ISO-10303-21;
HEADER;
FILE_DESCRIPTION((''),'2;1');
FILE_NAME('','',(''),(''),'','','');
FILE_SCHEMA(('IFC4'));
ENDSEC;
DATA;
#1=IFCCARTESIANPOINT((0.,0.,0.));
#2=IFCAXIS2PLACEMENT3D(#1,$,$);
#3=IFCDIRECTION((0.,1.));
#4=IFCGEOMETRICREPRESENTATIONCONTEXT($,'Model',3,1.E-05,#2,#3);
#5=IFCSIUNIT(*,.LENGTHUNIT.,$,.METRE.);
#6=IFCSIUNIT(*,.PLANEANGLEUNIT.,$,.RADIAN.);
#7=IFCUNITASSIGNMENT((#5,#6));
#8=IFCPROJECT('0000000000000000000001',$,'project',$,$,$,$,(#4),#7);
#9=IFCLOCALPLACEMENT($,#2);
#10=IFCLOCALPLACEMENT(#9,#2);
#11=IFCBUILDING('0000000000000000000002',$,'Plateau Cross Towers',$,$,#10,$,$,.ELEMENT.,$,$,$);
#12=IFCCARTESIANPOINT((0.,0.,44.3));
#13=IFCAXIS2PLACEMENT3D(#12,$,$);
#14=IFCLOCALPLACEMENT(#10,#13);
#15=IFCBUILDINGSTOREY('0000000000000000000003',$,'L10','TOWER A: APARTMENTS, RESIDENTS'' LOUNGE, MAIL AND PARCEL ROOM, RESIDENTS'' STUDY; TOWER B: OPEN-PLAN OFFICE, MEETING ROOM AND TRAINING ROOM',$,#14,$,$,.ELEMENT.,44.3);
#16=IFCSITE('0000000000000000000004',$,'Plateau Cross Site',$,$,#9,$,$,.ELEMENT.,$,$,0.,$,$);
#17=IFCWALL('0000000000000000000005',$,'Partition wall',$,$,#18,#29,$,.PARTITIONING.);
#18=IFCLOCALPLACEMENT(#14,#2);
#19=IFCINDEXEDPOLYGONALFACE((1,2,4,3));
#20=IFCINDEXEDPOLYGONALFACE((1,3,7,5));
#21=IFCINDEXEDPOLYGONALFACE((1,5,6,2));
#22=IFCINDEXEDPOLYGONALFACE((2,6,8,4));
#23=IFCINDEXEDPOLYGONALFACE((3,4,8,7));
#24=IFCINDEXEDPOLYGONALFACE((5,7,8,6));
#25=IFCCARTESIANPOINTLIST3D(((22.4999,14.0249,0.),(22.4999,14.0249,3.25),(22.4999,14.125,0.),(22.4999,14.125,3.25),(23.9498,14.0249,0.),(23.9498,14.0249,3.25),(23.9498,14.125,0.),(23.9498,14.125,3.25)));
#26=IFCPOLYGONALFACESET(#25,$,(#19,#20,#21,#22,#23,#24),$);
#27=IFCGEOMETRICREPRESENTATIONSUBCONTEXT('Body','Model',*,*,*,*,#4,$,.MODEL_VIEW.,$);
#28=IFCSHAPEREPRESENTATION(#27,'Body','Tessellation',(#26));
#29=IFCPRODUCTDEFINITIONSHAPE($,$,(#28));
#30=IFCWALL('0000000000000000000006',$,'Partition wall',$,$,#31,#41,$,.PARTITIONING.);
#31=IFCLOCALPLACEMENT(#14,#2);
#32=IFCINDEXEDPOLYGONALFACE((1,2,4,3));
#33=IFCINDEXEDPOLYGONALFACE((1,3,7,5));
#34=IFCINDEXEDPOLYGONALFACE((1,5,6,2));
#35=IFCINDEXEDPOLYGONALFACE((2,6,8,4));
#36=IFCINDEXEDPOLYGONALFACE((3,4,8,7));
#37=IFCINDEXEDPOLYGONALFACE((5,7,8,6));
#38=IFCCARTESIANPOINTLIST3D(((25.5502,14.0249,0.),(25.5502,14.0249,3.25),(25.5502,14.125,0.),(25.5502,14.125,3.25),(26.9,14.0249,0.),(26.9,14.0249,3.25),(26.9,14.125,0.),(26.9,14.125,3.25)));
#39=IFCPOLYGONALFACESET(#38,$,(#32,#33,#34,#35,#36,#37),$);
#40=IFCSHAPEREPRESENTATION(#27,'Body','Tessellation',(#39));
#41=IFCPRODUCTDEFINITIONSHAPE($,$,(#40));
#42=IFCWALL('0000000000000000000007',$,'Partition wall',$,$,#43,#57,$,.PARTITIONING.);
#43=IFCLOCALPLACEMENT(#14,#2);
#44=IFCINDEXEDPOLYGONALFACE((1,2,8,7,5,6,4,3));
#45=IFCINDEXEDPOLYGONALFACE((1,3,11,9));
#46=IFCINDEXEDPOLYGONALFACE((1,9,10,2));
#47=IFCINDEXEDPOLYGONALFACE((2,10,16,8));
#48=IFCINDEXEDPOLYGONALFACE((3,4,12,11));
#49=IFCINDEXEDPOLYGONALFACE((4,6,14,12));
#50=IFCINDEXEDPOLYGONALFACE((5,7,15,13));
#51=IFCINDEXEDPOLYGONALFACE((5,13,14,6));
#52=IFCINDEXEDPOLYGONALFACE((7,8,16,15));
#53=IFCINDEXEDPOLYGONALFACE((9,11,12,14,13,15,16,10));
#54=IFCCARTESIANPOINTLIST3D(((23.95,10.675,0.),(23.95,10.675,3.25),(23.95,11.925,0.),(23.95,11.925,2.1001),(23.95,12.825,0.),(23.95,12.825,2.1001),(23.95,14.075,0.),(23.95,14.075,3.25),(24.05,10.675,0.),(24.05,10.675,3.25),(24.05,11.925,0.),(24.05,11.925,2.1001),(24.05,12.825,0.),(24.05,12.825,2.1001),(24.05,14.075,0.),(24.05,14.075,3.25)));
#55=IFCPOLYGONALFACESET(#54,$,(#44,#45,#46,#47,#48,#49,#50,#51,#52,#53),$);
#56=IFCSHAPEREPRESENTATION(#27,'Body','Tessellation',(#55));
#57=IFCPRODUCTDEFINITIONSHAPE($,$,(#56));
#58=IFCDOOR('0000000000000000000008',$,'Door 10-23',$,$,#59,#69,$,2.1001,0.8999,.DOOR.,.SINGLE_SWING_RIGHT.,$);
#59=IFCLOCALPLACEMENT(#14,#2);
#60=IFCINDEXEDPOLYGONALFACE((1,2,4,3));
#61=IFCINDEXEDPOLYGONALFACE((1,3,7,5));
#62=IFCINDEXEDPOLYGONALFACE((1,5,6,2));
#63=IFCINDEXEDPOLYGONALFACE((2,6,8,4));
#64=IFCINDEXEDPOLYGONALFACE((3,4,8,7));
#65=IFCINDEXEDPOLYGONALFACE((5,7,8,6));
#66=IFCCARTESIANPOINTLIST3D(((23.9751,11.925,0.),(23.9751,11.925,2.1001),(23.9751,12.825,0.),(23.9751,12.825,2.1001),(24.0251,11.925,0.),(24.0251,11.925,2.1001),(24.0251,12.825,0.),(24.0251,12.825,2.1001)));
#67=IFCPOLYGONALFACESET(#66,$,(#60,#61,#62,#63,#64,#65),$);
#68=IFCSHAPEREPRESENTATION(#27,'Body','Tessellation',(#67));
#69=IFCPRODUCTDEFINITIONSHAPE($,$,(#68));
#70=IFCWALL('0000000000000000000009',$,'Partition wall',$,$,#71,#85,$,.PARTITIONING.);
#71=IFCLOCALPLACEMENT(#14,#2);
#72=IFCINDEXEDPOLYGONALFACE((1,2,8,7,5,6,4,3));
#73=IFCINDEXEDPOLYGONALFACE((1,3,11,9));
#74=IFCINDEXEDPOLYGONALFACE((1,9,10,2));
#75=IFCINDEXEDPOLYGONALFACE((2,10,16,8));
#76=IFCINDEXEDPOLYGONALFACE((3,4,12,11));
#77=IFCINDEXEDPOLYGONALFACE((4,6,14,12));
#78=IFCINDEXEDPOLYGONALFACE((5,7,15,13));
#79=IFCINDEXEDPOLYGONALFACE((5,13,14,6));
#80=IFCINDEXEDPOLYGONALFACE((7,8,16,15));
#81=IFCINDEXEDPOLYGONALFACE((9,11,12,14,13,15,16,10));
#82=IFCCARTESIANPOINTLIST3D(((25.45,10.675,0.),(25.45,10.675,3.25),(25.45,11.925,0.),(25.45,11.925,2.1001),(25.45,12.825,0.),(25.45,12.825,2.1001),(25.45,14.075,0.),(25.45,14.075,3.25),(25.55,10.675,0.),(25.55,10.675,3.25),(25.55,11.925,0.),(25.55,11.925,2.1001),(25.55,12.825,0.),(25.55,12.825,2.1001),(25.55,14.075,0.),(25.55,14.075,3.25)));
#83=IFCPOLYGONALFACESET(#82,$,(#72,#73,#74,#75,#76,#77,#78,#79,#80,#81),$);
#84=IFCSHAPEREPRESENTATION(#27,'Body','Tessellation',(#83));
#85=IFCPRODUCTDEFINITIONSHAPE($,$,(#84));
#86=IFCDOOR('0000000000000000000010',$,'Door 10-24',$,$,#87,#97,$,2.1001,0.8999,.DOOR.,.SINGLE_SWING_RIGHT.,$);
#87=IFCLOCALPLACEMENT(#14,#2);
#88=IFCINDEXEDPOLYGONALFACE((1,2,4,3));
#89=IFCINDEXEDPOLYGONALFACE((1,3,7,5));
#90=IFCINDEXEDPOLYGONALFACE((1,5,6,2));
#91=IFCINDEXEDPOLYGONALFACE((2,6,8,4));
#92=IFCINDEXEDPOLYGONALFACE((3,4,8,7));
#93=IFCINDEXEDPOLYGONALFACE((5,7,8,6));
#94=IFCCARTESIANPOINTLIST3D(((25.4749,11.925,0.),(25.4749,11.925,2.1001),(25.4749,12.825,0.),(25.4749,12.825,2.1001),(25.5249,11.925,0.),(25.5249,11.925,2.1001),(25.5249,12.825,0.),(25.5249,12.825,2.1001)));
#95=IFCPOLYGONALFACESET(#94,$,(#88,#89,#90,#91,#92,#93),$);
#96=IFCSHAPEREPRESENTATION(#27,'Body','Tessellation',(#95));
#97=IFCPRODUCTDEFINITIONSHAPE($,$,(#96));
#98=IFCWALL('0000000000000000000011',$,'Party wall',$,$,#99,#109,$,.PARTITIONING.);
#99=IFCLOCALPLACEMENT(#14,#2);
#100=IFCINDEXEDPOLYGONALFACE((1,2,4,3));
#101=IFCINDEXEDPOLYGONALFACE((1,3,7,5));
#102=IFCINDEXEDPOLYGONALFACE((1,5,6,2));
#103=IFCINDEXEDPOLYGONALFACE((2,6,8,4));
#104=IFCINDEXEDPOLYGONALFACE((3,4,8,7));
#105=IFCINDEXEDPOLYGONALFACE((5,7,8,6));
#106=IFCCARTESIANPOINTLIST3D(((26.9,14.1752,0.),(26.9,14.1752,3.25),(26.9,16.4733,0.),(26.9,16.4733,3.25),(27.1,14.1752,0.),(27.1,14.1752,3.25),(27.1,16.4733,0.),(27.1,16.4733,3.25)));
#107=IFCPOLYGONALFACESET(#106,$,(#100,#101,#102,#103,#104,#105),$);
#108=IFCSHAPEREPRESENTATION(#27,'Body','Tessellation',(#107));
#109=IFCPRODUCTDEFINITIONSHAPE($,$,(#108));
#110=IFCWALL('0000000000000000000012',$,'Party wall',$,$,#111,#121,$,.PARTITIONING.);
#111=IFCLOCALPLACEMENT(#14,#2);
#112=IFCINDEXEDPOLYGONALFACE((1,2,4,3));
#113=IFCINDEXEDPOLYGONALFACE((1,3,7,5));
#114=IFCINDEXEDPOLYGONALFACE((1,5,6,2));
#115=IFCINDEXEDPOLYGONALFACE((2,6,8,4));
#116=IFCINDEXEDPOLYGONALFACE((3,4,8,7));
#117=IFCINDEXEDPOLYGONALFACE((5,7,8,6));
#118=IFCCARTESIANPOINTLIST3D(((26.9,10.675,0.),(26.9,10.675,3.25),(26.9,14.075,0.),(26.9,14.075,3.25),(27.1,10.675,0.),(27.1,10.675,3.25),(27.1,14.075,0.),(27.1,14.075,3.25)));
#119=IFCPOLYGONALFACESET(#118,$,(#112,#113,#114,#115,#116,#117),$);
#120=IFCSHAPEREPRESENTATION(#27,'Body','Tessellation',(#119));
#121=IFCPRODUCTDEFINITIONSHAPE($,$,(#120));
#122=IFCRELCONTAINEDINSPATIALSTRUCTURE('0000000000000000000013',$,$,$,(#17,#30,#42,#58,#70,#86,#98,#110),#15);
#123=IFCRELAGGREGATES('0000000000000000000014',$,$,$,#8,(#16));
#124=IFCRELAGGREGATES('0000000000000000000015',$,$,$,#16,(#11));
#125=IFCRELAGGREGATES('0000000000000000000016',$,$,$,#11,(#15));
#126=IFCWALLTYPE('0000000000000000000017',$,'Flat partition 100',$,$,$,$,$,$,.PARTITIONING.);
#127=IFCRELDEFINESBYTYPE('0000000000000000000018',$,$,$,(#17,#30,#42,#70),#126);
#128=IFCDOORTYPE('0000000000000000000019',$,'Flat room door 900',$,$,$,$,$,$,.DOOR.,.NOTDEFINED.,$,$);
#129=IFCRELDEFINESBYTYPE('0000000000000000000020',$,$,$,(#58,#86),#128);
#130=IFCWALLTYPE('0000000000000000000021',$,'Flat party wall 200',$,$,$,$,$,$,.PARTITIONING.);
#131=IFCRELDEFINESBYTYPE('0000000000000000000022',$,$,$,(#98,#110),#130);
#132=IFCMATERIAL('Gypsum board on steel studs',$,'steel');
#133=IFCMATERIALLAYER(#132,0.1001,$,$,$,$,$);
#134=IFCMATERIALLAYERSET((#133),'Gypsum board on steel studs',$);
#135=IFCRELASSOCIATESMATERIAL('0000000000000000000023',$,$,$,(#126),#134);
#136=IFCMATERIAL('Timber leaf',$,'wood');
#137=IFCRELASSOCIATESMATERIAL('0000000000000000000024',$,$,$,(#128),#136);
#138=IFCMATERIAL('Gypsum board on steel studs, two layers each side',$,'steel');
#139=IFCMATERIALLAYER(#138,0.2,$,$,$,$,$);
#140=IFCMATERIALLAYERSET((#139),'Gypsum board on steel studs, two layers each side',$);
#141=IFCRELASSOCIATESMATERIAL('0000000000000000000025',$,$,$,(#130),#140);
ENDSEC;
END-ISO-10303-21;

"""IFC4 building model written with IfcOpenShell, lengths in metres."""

from ifc_helpers import new_model, si_unit, direction, frame, frame_2d, origin, place, context, subcontext, project, spatial, rectangle, extrude, material, layer, layer_set, type_object, element, fill, save


model = new_model("IFC4")

# Units and contexts
model_context = context("Model", 3, precision=1e-05, world=origin(), true_north=direction((0.0, 1.0)))
body_context = subcontext(model_context, "Body", "Model", "MODEL_VIEW")
ifc_project = project(units=[si_unit("LENGTHUNIT", "METRE"), si_unit("PLANEANGLEUNIT", "RADIAN")], contexts=[model_context])

# Site, building, storey
site_placement = place(None, origin())
site = spatial("IfcSite", under=ifc_project, at=site_placement, Name="Plateau Cross Site", CompositionType="ELEMENT", RefElevation=0.0)
building_placement = place(site_placement, origin())
building = spatial("IfcBuilding", under=site, at=building_placement, Name="Plateau Cross Towers", CompositionType="ELEMENT")
storey_placement = place(building_placement, frame((0.0, 0.0, 44.3)))
storey = spatial("IfcBuildingStorey", under=building, at=storey_placement, Name="L10", Description="TOWER A: APARTMENTS, RESIDENTS' LOUNGE, MAIL AND PARCEL ROOM, RESIDENTS' STUDY; TOWER B: OPEN-PLAN OFFICE, MEETING ROOM AND TRAINING ROOM", CompositionType="ELEMENT", Elevation=44.3)

# Walls
ifc_material_1 = material(Name="Gypsum board on steel studs", Category="steel")
ifc_layer_1 = layer(ifc_material_1, 0.1001)
ifc_layer_set_1 = layer_set([ifc_layer_1], Name="Gypsum board on steel studs")
wall_type_1 = type_object("IfcWallType", Name="Flat partition 100", PredefinedType="PARTITIONING", material=ifc_layer_set_1)
wall_1_placement = place(storey_placement, frame((23.95, 14.075, 0.0), z_axis=(0.0, 0.0, 1.0), x_axis=(-1.0, 0.0, 0.0)))
element("IfcWall", 1, at=wall_1_placement, inside=storey, type_object=wall_type_1, Name="Partition wall", PredefinedType="PARTITIONING", context=body_context, shape_type="SweptSolid", body=[
    extrude(rectangle(XDim=1.45, YDim=0.1001, at=frame_2d((0.7251, 0.0))), origin(), (0.0, 0.0, 1.0), 3.25),
])
wall_2_placement = place(storey_placement, frame((26.8999, 14.075, 0.0), z_axis=(0.0, 0.0, 1.0), x_axis=(-1.0, 0.0, 0.0)))
element("IfcWall", 2, at=wall_2_placement, inside=storey, type_object=wall_type_1, Name="Partition wall", PredefinedType="PARTITIONING", context=body_context, shape_type="SweptSolid", body=[
    extrude(rectangle(XDim=1.3499, YDim=0.1001, at=frame_2d((0.6748, 0.0))), origin(), (0.0, 0.0, 1.0), 3.25),
])

# Walls, openings, doors
wall_3_placement = place(storey_placement, frame((24.0, 10.675, 0.0), z_axis=(0.0, 0.0, 1.0), x_axis=(0.0, 1.0, 0.0)))
wall_3 = element("IfcWall", 3, at=wall_3_placement, inside=storey, type_object=wall_type_1, Name="Partition wall", PredefinedType="PARTITIONING", context=body_context, shape_type="SweptSolid", body=[
    extrude(rectangle(XDim=3.3999, YDim=0.1001, at=frame_2d((1.7, 0.0))), origin(), (0.0, 0.0, 1.0), 3.25),
])
opening_1_placement = place(wall_3_placement, frame((1.25, 0.0, 0.0)))
opening_1 = element("IfcOpeningElement", 4, at=opening_1_placement, cuts=wall_3, PredefinedType="OPENING", context=body_context, shape_type="SweptSolid", body=[
    extrude(rectangle(XDim=0.8999, YDim=2.1001, at=frame_2d((0.45, 1.05))), frame((0.0, 0.0601, 0.0), z_axis=(0.0, -1.0, 0.0), x_axis=(1.0, 0.0, 0.0)), (0.0, 0.0, 1.0), 0.1201),
])
ifc_material_2 = material(Name="Timber leaf", Category="wood")
door_type_1 = type_object("IfcDoorType", Name="Flat room door 900", OperationType="NOTDEFINED", PredefinedType="DOOR", material=ifc_material_2)
door_1_placement = place(opening_1_placement, origin())
door_1 = element("IfcDoor", 5, at=door_1_placement, inside=storey, type_object=door_type_1, Name="Door 10-23", OperationType="SINGLE_SWING_RIGHT", OverallHeight=2.1001, OverallWidth=0.8999, PredefinedType="DOOR", context=body_context, shape_type="SweptSolid", body=[
    extrude(rectangle(XDim=0.8999, YDim=2.1001, at=frame_2d((0.45, 1.05))), frame((0.0, 0.0249, 0.0), z_axis=(0.0, -1.0, 0.0), x_axis=(1.0, 0.0, 0.0)), (0.0, 0.0, 1.0), 0.05),
])
fill(opening_1, door_1)
wall_4_placement = place(storey_placement, frame((25.5, 14.075, 0.0), z_axis=(0.0, 0.0, 1.0), x_axis=(0.0, -1.0, 0.0)))
wall_4 = element("IfcWall", 6, at=wall_4_placement, inside=storey, type_object=wall_type_1, Name="Partition wall", PredefinedType="PARTITIONING", context=body_context, shape_type="SweptSolid", body=[
    extrude(rectangle(XDim=3.3999, YDim=0.1001, at=frame_2d((1.7, 0.0))), origin(), (0.0, 0.0, 1.0), 3.25),
])
opening_2_placement = place(wall_4_placement, frame((1.25, 0.0, 0.0)))
opening_2 = element("IfcOpeningElement", 7, at=opening_2_placement, cuts=wall_4, PredefinedType="OPENING", context=body_context, shape_type="SweptSolid", body=[
    extrude(rectangle(XDim=0.8999, YDim=2.1001, at=frame_2d((0.45, 1.05))), frame((0.0, 0.0601, 0.0), z_axis=(0.0, -1.0, 0.0), x_axis=(1.0, 0.0, 0.0)), (0.0, 0.0, 1.0), 0.1201),
])
door_2_placement = place(opening_2_placement, origin())
door_2 = element("IfcDoor", 8, at=door_2_placement, inside=storey, type_object=door_type_1, Name="Door 10-24", OperationType="SINGLE_SWING_RIGHT", OverallHeight=2.1001, OverallWidth=0.8999, PredefinedType="DOOR", context=body_context, shape_type="SweptSolid", body=[
    extrude(rectangle(XDim=0.8999, YDim=2.1001, at=frame_2d((0.45, 1.05))), frame((0.0, 0.0249, 0.0), z_axis=(0.0, -1.0, 0.0), x_axis=(1.0, 0.0, 0.0)), (0.0, 0.0, 1.0), 0.05),
])
fill(opening_2, door_2)

# Walls
ifc_material_3 = material(Name="Gypsum board on steel studs, two layers each side", Category="steel")
ifc_layer_2 = layer(ifc_material_3, 0.2)
ifc_layer_set_2 = layer_set([ifc_layer_2], Name="Gypsum board on steel studs, two layers each side")
wall_type_2 = type_object("IfcWallType", Name="Flat party wall 200", PredefinedType="PARTITIONING", material=ifc_layer_set_2)
wall_5_placement = place(storey_placement, frame((27.0, 16.4731, 0.0), z_axis=(0.0, 0.0, 1.0), x_axis=(0.0, -1.0, 0.0)))
element("IfcWall", 9, at=wall_5_placement, inside=storey, type_object=wall_type_2, Name="Party wall", PredefinedType="PARTITIONING", context=body_context, shape_type="SweptSolid", body=[
    extrude(rectangle(XDim=2.2981, YDim=0.2, at=frame_2d((1.1489, 0.0))), origin(), (0.0, 0.0, 1.0), 3.25),
])
wall_6_placement = place(storey_placement, frame((27.0, 10.675, 0.0), z_axis=(0.0, 0.0, 1.0), x_axis=(0.0, 1.0, 0.0)))
element("IfcWall", 10, at=wall_6_placement, inside=storey, type_object=wall_type_2, Name="Party wall", PredefinedType="PARTITIONING", context=body_context, shape_type="SweptSolid", body=[
    extrude(rectangle(XDim=3.3999, YDim=0.2, at=frame_2d((1.7, 0.0))), origin(), (0.0, 0.0, 1.0), 3.25),
])

save(model, "model.ifc")
